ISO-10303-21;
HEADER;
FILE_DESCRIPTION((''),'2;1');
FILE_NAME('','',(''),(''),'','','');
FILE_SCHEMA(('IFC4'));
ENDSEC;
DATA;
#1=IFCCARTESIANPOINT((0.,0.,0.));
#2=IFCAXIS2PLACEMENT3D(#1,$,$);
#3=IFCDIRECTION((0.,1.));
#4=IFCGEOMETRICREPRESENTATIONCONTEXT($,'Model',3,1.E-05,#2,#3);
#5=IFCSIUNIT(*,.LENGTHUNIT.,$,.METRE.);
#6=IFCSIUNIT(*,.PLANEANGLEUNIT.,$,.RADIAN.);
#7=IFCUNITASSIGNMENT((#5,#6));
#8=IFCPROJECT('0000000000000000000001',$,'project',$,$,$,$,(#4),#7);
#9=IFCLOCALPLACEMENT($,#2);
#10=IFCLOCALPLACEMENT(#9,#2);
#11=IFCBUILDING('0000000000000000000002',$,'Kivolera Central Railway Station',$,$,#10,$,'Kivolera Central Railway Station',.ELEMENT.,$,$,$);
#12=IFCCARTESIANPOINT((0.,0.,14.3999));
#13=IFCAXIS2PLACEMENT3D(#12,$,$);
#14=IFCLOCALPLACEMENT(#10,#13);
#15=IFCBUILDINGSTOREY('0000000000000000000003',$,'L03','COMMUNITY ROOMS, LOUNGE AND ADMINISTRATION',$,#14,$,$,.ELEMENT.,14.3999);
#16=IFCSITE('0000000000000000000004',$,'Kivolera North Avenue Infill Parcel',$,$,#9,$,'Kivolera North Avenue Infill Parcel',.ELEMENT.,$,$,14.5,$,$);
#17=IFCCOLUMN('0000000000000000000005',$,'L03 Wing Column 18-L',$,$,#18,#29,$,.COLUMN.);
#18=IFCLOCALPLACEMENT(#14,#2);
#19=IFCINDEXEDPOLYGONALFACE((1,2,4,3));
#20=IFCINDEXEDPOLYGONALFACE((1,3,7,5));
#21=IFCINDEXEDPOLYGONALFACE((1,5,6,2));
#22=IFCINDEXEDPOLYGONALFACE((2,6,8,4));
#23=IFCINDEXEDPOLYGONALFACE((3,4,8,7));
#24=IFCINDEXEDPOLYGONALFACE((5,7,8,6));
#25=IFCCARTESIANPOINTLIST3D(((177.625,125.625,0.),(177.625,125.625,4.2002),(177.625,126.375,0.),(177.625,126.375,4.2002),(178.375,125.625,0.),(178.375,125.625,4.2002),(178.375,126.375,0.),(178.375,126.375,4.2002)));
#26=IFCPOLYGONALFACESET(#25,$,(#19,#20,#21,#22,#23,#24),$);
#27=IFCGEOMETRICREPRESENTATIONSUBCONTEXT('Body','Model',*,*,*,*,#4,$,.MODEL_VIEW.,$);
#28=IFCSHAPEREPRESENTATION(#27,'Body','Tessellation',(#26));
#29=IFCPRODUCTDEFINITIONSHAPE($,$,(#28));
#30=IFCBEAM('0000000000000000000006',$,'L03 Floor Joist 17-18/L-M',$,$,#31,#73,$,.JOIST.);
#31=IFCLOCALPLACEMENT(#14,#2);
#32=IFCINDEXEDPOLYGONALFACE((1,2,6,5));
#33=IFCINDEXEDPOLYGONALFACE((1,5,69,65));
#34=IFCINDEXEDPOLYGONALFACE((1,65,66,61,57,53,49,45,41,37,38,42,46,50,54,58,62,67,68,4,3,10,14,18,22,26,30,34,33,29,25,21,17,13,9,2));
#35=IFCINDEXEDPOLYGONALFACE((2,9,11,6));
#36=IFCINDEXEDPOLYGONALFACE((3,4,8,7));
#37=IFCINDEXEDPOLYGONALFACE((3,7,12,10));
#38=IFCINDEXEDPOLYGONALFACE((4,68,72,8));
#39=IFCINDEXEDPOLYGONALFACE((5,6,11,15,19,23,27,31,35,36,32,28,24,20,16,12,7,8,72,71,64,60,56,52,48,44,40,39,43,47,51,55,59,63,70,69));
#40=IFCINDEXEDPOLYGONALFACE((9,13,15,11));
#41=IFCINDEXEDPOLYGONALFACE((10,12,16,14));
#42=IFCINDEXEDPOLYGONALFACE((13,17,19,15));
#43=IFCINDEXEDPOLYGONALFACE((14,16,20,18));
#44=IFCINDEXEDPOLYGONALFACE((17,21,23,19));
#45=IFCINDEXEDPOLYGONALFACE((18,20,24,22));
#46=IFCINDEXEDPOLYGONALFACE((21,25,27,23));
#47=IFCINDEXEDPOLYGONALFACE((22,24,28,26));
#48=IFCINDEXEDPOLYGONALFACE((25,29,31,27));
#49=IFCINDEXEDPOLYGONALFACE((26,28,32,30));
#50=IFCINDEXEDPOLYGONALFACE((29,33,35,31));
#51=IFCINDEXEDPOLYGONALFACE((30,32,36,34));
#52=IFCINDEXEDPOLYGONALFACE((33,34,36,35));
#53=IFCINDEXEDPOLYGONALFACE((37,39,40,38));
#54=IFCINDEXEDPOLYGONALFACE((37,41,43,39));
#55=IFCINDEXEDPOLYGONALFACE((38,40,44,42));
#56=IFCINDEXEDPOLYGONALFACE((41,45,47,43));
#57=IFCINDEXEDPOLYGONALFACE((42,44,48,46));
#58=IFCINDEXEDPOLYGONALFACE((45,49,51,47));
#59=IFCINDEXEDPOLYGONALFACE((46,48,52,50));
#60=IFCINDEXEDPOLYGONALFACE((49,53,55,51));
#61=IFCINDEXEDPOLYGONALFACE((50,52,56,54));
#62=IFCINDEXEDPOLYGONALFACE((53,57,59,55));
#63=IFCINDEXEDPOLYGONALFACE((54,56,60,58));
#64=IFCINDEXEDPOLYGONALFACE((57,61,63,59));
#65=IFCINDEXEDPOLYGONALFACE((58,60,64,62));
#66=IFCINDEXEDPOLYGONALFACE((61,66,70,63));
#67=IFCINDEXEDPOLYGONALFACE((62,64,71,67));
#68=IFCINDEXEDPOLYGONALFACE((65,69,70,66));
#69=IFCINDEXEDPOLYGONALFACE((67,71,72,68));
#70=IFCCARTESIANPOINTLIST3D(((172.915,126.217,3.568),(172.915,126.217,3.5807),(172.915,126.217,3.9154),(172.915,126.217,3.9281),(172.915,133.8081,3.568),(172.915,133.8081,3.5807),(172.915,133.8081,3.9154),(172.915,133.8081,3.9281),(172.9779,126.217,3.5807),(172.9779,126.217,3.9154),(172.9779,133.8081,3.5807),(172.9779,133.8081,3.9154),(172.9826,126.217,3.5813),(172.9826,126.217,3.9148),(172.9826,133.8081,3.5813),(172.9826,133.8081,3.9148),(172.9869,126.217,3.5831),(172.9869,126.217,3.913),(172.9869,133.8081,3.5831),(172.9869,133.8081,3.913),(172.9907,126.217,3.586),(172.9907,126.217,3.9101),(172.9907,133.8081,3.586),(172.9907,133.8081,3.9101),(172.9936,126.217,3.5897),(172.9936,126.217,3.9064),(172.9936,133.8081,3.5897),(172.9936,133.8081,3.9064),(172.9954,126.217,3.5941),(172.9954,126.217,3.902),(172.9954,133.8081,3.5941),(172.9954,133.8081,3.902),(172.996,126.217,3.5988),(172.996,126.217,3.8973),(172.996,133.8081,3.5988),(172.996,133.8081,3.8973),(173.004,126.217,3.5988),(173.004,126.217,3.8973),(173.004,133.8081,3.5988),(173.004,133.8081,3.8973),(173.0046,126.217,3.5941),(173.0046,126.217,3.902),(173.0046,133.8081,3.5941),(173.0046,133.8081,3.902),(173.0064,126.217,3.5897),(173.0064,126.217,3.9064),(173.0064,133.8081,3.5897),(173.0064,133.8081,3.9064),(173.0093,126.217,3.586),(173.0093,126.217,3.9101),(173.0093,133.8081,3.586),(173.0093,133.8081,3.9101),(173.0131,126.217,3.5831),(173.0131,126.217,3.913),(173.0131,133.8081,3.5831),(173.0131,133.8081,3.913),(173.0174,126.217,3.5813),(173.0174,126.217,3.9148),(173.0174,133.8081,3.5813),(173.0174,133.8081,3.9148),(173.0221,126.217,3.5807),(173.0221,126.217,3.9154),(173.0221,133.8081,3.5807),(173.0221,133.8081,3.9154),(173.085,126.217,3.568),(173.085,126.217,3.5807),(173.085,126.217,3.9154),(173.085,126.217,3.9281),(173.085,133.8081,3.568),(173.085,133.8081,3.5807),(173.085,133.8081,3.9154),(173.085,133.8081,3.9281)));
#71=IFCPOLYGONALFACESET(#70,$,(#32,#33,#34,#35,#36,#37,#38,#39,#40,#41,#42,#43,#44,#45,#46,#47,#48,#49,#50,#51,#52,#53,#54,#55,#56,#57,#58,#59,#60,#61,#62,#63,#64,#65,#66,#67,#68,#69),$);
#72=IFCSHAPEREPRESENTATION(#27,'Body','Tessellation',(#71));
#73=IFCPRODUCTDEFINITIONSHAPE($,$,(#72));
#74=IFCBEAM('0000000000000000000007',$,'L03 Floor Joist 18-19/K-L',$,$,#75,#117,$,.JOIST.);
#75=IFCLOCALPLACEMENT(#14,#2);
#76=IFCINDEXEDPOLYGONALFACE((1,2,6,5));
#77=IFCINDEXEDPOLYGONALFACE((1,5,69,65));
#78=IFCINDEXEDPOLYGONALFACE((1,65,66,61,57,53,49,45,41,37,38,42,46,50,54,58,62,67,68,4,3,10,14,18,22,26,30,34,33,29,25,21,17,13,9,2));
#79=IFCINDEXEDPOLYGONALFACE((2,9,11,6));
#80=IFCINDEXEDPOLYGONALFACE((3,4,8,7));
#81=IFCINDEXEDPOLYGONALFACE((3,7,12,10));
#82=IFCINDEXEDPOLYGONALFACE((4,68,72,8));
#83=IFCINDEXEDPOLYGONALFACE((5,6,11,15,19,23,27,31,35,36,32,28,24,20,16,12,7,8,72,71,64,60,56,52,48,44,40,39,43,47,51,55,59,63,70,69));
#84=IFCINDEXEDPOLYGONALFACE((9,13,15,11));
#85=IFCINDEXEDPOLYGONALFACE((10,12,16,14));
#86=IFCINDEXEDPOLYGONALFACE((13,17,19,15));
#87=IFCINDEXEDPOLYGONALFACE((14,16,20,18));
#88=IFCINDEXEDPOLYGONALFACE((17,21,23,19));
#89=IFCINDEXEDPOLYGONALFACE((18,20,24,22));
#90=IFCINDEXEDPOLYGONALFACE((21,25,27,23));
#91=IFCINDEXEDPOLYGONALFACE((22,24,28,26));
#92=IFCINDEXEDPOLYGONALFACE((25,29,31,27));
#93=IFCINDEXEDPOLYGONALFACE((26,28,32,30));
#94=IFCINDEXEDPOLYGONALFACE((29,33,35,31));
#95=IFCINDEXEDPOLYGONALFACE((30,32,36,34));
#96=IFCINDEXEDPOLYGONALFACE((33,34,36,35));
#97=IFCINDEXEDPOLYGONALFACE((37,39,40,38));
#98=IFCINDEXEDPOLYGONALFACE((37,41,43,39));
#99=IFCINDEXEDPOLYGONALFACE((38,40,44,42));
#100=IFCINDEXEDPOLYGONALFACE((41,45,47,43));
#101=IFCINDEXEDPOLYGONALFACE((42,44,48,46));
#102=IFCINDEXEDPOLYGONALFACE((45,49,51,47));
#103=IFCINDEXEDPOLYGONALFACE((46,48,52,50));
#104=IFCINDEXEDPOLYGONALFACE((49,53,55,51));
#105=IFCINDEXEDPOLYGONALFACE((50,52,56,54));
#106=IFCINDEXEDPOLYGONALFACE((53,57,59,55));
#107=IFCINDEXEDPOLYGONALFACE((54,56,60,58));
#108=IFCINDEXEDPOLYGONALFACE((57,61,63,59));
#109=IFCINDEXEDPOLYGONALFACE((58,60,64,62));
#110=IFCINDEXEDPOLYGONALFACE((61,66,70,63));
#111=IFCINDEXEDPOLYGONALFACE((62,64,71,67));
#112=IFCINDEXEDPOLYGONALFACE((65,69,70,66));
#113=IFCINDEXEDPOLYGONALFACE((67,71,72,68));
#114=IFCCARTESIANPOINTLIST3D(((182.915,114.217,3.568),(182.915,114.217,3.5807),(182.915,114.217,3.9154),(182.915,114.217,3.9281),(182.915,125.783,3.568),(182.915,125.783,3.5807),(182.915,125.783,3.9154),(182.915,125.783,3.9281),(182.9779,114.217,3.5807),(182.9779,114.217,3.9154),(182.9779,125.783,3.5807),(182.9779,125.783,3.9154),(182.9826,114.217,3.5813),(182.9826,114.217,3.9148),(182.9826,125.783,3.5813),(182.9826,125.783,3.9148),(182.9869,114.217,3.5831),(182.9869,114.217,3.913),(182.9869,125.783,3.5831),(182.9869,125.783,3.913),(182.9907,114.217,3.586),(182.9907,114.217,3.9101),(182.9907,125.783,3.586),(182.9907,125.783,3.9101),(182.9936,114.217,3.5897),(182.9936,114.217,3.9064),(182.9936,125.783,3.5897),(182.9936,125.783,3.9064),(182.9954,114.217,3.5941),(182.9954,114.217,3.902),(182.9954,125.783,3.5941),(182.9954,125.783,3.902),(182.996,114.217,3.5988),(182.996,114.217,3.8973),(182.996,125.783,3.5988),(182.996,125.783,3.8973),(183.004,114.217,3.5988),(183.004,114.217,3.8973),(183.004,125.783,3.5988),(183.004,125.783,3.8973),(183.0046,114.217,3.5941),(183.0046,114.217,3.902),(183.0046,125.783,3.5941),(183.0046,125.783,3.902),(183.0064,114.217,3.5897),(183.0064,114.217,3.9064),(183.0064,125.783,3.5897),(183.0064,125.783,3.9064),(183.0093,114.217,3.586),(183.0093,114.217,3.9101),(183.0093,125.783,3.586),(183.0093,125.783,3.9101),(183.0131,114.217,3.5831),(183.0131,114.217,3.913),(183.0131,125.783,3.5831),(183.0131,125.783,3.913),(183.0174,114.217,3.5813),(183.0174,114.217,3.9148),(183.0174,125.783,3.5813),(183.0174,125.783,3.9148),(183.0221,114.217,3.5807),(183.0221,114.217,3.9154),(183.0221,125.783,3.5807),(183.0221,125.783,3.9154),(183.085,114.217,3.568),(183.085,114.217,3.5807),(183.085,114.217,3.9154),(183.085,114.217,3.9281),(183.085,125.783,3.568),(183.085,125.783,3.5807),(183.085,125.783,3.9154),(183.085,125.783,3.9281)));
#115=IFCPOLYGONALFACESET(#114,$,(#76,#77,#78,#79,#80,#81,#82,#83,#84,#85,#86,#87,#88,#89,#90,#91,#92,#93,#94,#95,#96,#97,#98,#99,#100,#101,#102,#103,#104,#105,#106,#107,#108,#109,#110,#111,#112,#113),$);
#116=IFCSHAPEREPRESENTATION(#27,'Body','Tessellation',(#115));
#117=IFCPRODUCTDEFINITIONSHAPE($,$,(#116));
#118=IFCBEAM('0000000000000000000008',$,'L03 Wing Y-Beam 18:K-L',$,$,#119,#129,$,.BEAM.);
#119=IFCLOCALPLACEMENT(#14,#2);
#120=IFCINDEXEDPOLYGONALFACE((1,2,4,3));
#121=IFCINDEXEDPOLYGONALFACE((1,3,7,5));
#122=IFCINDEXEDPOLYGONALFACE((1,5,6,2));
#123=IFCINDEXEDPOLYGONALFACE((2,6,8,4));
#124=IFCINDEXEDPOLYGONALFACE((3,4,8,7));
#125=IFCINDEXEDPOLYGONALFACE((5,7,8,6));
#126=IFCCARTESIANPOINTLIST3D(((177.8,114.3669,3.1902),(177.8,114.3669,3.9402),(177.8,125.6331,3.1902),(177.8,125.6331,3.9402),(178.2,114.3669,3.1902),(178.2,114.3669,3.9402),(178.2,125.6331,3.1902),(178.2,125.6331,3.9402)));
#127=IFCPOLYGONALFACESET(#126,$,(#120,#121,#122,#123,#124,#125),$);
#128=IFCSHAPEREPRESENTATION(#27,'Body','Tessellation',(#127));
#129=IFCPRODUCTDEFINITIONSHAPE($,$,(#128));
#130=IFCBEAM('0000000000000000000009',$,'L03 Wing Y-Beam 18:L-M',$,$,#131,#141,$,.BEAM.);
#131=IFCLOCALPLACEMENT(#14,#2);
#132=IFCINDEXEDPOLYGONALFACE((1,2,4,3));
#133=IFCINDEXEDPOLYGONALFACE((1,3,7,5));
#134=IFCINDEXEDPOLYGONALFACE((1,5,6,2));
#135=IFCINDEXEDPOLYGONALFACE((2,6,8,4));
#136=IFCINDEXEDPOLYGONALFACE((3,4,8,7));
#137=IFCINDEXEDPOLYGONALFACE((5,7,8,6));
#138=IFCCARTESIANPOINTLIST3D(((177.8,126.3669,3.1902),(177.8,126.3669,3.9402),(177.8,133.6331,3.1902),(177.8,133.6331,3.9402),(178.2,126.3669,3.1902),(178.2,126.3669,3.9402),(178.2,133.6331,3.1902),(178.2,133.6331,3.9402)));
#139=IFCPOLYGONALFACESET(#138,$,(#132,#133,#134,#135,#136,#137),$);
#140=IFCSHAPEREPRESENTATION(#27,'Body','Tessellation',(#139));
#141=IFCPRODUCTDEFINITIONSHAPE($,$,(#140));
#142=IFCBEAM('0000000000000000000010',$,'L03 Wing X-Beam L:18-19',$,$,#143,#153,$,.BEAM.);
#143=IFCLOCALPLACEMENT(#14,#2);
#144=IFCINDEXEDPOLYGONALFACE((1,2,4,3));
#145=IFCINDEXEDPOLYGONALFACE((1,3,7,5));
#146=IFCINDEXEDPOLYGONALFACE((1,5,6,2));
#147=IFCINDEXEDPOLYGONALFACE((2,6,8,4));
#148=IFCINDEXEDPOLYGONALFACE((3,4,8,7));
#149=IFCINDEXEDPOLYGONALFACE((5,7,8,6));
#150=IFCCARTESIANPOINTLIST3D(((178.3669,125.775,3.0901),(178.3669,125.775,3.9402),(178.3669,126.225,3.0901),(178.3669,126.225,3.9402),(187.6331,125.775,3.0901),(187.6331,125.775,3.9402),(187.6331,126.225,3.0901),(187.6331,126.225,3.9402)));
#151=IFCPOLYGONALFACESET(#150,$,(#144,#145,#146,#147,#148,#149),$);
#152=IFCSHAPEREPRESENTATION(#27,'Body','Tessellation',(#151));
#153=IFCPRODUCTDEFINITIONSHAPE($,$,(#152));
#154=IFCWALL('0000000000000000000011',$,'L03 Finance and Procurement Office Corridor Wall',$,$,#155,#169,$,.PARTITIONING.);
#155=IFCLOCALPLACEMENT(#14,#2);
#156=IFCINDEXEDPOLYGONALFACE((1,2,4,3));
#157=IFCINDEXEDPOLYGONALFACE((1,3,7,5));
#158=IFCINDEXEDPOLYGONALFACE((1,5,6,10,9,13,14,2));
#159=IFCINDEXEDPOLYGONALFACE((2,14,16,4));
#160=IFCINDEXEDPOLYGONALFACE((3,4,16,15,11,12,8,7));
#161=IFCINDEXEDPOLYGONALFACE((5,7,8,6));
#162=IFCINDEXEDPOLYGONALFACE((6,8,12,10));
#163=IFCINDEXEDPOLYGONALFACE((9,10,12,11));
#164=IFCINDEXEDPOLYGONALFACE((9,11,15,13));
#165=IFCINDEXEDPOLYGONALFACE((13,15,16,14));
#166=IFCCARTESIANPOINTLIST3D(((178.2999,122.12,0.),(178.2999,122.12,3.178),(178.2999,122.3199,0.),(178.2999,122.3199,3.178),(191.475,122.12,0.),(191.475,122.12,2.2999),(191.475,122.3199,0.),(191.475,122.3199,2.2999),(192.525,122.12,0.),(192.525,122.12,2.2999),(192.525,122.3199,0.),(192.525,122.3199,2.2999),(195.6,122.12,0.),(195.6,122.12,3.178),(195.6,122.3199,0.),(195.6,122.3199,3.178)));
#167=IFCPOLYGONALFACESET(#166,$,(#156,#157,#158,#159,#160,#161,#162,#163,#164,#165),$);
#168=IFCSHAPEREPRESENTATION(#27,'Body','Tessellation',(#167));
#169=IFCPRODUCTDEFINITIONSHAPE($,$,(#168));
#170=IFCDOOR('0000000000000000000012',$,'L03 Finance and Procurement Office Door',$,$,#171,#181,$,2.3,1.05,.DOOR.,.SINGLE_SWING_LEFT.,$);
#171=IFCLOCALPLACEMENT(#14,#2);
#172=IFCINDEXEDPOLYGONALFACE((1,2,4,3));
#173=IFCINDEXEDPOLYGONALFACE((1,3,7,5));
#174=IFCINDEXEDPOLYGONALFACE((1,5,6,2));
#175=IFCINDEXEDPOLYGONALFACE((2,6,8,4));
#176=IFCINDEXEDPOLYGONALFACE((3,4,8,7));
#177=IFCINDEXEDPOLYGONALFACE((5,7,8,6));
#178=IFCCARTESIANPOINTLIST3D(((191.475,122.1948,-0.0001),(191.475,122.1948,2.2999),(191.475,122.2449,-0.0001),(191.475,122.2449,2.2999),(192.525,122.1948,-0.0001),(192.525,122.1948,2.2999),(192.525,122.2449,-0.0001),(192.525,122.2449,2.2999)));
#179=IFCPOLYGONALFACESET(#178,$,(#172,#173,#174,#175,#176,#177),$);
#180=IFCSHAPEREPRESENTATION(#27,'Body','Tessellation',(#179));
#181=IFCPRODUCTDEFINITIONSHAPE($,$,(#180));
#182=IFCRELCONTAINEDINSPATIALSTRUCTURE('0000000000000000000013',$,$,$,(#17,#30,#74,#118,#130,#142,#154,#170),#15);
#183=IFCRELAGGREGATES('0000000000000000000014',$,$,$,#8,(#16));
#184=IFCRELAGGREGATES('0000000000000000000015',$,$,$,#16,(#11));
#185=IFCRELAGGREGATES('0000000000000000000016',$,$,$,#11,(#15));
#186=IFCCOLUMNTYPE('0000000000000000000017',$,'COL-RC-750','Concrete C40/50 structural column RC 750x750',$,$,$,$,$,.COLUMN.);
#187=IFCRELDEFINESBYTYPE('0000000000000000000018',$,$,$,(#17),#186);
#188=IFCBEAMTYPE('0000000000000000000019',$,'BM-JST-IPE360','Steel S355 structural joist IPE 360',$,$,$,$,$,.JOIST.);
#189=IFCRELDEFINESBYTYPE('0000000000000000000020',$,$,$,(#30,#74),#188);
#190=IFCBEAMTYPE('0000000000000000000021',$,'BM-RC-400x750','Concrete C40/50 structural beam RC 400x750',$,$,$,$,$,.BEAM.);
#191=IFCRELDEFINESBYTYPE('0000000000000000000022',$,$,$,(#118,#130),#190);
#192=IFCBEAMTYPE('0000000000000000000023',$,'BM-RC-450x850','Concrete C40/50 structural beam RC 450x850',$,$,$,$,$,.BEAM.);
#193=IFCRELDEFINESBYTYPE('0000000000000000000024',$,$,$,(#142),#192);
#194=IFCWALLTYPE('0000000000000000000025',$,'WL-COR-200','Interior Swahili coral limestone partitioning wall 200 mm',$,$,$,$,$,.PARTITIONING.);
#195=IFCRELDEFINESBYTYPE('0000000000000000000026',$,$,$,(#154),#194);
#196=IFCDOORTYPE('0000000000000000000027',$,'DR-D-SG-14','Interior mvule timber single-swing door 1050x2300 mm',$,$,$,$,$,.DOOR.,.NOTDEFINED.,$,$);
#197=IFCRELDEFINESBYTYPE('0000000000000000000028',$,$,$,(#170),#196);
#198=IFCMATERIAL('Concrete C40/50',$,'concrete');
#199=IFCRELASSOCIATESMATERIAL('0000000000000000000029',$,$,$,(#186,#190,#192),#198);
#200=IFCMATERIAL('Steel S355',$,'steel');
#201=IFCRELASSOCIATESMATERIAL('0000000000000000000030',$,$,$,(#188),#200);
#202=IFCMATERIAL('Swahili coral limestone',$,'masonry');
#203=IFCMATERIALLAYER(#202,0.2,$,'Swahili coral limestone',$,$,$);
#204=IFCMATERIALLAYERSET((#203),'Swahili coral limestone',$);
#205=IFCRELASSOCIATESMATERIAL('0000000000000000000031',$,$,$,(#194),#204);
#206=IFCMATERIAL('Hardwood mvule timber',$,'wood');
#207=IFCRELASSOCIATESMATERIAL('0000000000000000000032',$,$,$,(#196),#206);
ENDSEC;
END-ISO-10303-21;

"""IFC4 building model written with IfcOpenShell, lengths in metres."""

from ifc_helpers import new_model, si_unit, direction, frame, frame_2d, origin, origin_2d, place, context, subcontext, project, spatial, rectangle, i_section, extrude, material, layer, layer_set, material_profile, profile_set, type_object, element, fill, save


model = new_model("IFC4")

# Units and contexts
model_context = context("Model", 3, precision=1e-05, world=origin(), true_north=direction((0.0, 1.0)))
body_context = subcontext(model_context, "Body", "Model", "MODEL_VIEW")
ifc_project = project(units=[si_unit("LENGTHUNIT", "METRE"), si_unit("PLANEANGLEUNIT", "RADIAN")], contexts=[model_context])

# Site, building, storey
site_placement = place(None, origin())
site = spatial("IfcSite", under=ifc_project, at=site_placement, Name="Kivolera North Avenue Infill Parcel", LongName="Kivolera North Avenue Infill Parcel", CompositionType="ELEMENT", RefElevation=14.5)
building_placement = place(site_placement, origin())
building = spatial("IfcBuilding", under=site, at=building_placement, Name="Kivolera Central Railway Station", LongName="Kivolera Central Railway Station", CompositionType="ELEMENT")
storey_placement = place(building_placement, frame((0.0, 0.0, 14.3999)))
storey = spatial("IfcBuildingStorey", under=building, at=storey_placement, Name="L03", Description="COMMUNITY ROOMS, LOUNGE AND ADMINISTRATION", CompositionType="ELEMENT", Elevation=14.3999)

# Column
ifc_material_1 = material(Name="Concrete C40/50", Category="concrete")
ifc_material_profile_1 = material_profile(ifc_material_1, rectangle(XDim=0.75, YDim=0.75, at=origin_2d()), Name="RC 750x750")
ifc_profile_set_1 = profile_set([ifc_material_profile_1], Name="Concrete C40/50")
column_type = type_object("IfcColumnType", Name="COL-RC-750", Description="Concrete C40/50 structural column RC 750x750", PredefinedType="COLUMN", material=ifc_profile_set_1)
column_placement = place(storey_placement, frame((178.0, 126.0, 0.0), z_axis=(0.0, 0.0, 1.0), x_axis=(1.0, 0.0, 0.0)))
element("IfcColumn", 1, at=column_placement, inside=storey, type_object=column_type, Name="L03 Wing Column 18-L", PredefinedType="COLUMN", context=body_context, shape_type="SweptSolid", body=[
    extrude(rectangle(XDim=0.75, YDim=0.75, at=origin_2d()), origin(), (0.0, 0.0, 1.0), 4.2002),
])

# Beams
ifc_material_2 = material(Name="Steel S355", Category="steel")
ifc_material_profile_2 = material_profile(ifc_material_2, i_section(OverallWidth=0.1699, OverallDepth=0.3601, WebThickness=0.0081, FlangeThickness=0.0127, FilletRadius=0.0181, at=origin_2d()), Name="IPE 360")
ifc_profile_set_2 = profile_set([ifc_material_profile_2], Name="Steel S355")
beam_type_1 = type_object("IfcBeamType", Name="BM-JST-IPE360", Description="Steel S355 structural joist IPE 360", PredefinedType="JOIST", material=ifc_profile_set_2)
beam_1_placement = place(storey_placement, frame((173.0, 126.217, 3.748), z_axis=(0.0, 1.0, 0.0), x_axis=(-1.0, 0.0, 0.0)))
element("IfcBeam", 2, at=beam_1_placement, inside=storey, type_object=beam_type_1, Name="L03 Floor Joist 17-18/L-M", PredefinedType="JOIST", context=body_context, shape_type="SweptSolid", body=[
    extrude(i_section(OverallWidth=0.1699, OverallDepth=0.3601, WebThickness=0.0081, FlangeThickness=0.0127, FilletRadius=0.0181, at=origin_2d()), origin(), (0.0, 0.0, 1.0), 7.5911),
])
beam_2_placement = place(storey_placement, frame((183.0, 114.217, 3.748), z_axis=(0.0, 1.0, 0.0), x_axis=(-1.0, 0.0, 0.0)))
element("IfcBeam", 3, at=beam_2_placement, inside=storey, type_object=beam_type_1, Name="L03 Floor Joist 18-19/K-L", PredefinedType="JOIST", context=body_context, shape_type="SweptSolid", body=[
    extrude(i_section(OverallWidth=0.1699, OverallDepth=0.3601, WebThickness=0.0081, FlangeThickness=0.0127, FilletRadius=0.0181, at=origin_2d()), origin(), (0.0, 0.0, 1.0), 11.5659),
])
ifc_material_profile_3 = material_profile(ifc_material_1, rectangle(XDim=0.3999, YDim=0.75, at=origin_2d()), Name="RC 400x750")
ifc_profile_set_3 = profile_set([ifc_material_profile_3], Name="Concrete C40/50")
beam_type_2 = type_object("IfcBeamType", Name="BM-RC-400x750", Description="Concrete C40/50 structural beam RC 400x750", PredefinedType="BEAM", material=ifc_profile_set_3)
beam_3_placement = place(storey_placement, frame((178.0, 114.3669, 3.5652), z_axis=(0.0, 1.0, 0.0), x_axis=(-1.0, 0.0, 0.0)))
element("IfcBeam", 4, at=beam_3_placement, inside=storey, type_object=beam_type_2, Name="L03 Wing Y-Beam 18:K-L", PredefinedType="BEAM", context=body_context, shape_type="SweptSolid", body=[
    extrude(rectangle(XDim=0.3999, YDim=0.75, at=origin_2d()), origin(), (0.0, 0.0, 1.0), 11.2661),
])
beam_4_placement = place(storey_placement, frame((178.0, 126.3669, 3.5652), z_axis=(0.0, 1.0, 0.0), x_axis=(-1.0, 0.0, 0.0)))
element("IfcBeam", 5, at=beam_4_placement, inside=storey, type_object=beam_type_2, Name="L03 Wing Y-Beam 18:L-M", PredefinedType="BEAM", context=body_context, shape_type="SweptSolid", body=[
    extrude(rectangle(XDim=0.3999, YDim=0.75, at=origin_2d()), origin(), (0.0, 0.0, 1.0), 7.2661),
])
ifc_material_profile_4 = material_profile(ifc_material_1, rectangle(XDim=0.45, YDim=0.8501, at=origin_2d()), Name="RC 450x850")
ifc_profile_set_4 = profile_set([ifc_material_profile_4], Name="Concrete C40/50")
beam_type_3 = type_object("IfcBeamType", Name="BM-RC-450x850", Description="Concrete C40/50 structural beam RC 450x850", PredefinedType="BEAM", material=ifc_profile_set_4)
beam_5_placement = place(storey_placement, frame((178.3669, 126.0, 3.5151), z_axis=(1.0, 0.0, 0.0), x_axis=(0.0, 1.0, 0.0)))
element("IfcBeam", 6, at=beam_5_placement, inside=storey, type_object=beam_type_3, Name="L03 Wing X-Beam L:18-19", PredefinedType="BEAM", context=body_context, shape_type="SweptSolid", body=[
    extrude(rectangle(XDim=0.45, YDim=0.8501, at=origin_2d()), origin(), (0.0, 0.0, 1.0), 9.2661),
])

# Wall, opening, door
ifc_material_3 = material(Name="Swahili coral limestone", Category="masonry")
ifc_layer_1 = layer(ifc_material_3, 0.2, Name="Swahili coral limestone")
ifc_layer_set_1 = layer_set([ifc_layer_1], Name="Swahili coral limestone")
wall_type_1 = type_object("IfcWallType", Name="WL-COR-200", Description="Interior Swahili coral limestone partitioning wall 200 mm", PredefinedType="PARTITIONING", material=ifc_layer_set_1)
wall_1_placement = place(storey_placement, frame((178.3, 122.22, 0.0), z_axis=(0.0, 0.0, 1.0), x_axis=(1.0, 0.0, 0.0)))
wall_1 = element("IfcWall", 7, at=wall_1_placement, inside=storey, type_object=wall_type_1, Name="L03 Finance and Procurement Office Corridor Wall", PredefinedType="PARTITIONING", context=body_context, shape_type="SweptSolid", body=[
    extrude(rectangle(XDim=17.3, YDim=0.2, at=frame_2d((8.6499, 0.0))), origin(), (0.0, 0.0, 1.0), 3.178),
])
opening_1_placement = place(wall_1_placement, frame((13.175, 0.0, 0.0)))
opening_1 = element("IfcOpeningElement", 8, at=opening_1_placement, cuts=wall_1, PredefinedType="OPENING", context=body_context, shape_type="SweptSolid", body=[
    extrude(rectangle(XDim=1.05, YDim=2.3, at=frame_2d((0.5249, 1.1499))), frame((0.0, 0.1099, 0.0), z_axis=(0.0, -1.0, 0.0), x_axis=(1.0, 0.0, 0.0)), (0.0, 0.0, 1.0), 0.22),
])
ifc_material_4 = material(Name="Hardwood mvule timber", Category="wood")
door_type_1 = type_object("IfcDoorType", Name="DR-D-SG-14", Description="Interior mvule timber single-swing door 1050x2300 mm", OperationType="NOTDEFINED", PredefinedType="DOOR", material=ifc_material_4)
door_1_placement = place(opening_1_placement, origin())
door_1 = element("IfcDoor", 9, at=door_1_placement, inside=storey, type_object=door_type_1, Name="L03 Finance and Procurement Office Door", OperationType="SINGLE_SWING_LEFT", OverallHeight=2.3, OverallWidth=1.05, PredefinedType="DOOR", context=body_context, shape_type="SweptSolid", body=[
    extrude(rectangle(XDim=1.05, YDim=2.3, at=frame_2d((0.5249, 1.1499))), frame((0.0, 0.0249, 0.0), z_axis=(0.0, -1.0, 0.0), x_axis=(1.0, 0.0, 0.0)), (0.0, 0.0, 1.0), 0.05),
])
fill(opening_1, door_1)

save(model, "model.ifc")
